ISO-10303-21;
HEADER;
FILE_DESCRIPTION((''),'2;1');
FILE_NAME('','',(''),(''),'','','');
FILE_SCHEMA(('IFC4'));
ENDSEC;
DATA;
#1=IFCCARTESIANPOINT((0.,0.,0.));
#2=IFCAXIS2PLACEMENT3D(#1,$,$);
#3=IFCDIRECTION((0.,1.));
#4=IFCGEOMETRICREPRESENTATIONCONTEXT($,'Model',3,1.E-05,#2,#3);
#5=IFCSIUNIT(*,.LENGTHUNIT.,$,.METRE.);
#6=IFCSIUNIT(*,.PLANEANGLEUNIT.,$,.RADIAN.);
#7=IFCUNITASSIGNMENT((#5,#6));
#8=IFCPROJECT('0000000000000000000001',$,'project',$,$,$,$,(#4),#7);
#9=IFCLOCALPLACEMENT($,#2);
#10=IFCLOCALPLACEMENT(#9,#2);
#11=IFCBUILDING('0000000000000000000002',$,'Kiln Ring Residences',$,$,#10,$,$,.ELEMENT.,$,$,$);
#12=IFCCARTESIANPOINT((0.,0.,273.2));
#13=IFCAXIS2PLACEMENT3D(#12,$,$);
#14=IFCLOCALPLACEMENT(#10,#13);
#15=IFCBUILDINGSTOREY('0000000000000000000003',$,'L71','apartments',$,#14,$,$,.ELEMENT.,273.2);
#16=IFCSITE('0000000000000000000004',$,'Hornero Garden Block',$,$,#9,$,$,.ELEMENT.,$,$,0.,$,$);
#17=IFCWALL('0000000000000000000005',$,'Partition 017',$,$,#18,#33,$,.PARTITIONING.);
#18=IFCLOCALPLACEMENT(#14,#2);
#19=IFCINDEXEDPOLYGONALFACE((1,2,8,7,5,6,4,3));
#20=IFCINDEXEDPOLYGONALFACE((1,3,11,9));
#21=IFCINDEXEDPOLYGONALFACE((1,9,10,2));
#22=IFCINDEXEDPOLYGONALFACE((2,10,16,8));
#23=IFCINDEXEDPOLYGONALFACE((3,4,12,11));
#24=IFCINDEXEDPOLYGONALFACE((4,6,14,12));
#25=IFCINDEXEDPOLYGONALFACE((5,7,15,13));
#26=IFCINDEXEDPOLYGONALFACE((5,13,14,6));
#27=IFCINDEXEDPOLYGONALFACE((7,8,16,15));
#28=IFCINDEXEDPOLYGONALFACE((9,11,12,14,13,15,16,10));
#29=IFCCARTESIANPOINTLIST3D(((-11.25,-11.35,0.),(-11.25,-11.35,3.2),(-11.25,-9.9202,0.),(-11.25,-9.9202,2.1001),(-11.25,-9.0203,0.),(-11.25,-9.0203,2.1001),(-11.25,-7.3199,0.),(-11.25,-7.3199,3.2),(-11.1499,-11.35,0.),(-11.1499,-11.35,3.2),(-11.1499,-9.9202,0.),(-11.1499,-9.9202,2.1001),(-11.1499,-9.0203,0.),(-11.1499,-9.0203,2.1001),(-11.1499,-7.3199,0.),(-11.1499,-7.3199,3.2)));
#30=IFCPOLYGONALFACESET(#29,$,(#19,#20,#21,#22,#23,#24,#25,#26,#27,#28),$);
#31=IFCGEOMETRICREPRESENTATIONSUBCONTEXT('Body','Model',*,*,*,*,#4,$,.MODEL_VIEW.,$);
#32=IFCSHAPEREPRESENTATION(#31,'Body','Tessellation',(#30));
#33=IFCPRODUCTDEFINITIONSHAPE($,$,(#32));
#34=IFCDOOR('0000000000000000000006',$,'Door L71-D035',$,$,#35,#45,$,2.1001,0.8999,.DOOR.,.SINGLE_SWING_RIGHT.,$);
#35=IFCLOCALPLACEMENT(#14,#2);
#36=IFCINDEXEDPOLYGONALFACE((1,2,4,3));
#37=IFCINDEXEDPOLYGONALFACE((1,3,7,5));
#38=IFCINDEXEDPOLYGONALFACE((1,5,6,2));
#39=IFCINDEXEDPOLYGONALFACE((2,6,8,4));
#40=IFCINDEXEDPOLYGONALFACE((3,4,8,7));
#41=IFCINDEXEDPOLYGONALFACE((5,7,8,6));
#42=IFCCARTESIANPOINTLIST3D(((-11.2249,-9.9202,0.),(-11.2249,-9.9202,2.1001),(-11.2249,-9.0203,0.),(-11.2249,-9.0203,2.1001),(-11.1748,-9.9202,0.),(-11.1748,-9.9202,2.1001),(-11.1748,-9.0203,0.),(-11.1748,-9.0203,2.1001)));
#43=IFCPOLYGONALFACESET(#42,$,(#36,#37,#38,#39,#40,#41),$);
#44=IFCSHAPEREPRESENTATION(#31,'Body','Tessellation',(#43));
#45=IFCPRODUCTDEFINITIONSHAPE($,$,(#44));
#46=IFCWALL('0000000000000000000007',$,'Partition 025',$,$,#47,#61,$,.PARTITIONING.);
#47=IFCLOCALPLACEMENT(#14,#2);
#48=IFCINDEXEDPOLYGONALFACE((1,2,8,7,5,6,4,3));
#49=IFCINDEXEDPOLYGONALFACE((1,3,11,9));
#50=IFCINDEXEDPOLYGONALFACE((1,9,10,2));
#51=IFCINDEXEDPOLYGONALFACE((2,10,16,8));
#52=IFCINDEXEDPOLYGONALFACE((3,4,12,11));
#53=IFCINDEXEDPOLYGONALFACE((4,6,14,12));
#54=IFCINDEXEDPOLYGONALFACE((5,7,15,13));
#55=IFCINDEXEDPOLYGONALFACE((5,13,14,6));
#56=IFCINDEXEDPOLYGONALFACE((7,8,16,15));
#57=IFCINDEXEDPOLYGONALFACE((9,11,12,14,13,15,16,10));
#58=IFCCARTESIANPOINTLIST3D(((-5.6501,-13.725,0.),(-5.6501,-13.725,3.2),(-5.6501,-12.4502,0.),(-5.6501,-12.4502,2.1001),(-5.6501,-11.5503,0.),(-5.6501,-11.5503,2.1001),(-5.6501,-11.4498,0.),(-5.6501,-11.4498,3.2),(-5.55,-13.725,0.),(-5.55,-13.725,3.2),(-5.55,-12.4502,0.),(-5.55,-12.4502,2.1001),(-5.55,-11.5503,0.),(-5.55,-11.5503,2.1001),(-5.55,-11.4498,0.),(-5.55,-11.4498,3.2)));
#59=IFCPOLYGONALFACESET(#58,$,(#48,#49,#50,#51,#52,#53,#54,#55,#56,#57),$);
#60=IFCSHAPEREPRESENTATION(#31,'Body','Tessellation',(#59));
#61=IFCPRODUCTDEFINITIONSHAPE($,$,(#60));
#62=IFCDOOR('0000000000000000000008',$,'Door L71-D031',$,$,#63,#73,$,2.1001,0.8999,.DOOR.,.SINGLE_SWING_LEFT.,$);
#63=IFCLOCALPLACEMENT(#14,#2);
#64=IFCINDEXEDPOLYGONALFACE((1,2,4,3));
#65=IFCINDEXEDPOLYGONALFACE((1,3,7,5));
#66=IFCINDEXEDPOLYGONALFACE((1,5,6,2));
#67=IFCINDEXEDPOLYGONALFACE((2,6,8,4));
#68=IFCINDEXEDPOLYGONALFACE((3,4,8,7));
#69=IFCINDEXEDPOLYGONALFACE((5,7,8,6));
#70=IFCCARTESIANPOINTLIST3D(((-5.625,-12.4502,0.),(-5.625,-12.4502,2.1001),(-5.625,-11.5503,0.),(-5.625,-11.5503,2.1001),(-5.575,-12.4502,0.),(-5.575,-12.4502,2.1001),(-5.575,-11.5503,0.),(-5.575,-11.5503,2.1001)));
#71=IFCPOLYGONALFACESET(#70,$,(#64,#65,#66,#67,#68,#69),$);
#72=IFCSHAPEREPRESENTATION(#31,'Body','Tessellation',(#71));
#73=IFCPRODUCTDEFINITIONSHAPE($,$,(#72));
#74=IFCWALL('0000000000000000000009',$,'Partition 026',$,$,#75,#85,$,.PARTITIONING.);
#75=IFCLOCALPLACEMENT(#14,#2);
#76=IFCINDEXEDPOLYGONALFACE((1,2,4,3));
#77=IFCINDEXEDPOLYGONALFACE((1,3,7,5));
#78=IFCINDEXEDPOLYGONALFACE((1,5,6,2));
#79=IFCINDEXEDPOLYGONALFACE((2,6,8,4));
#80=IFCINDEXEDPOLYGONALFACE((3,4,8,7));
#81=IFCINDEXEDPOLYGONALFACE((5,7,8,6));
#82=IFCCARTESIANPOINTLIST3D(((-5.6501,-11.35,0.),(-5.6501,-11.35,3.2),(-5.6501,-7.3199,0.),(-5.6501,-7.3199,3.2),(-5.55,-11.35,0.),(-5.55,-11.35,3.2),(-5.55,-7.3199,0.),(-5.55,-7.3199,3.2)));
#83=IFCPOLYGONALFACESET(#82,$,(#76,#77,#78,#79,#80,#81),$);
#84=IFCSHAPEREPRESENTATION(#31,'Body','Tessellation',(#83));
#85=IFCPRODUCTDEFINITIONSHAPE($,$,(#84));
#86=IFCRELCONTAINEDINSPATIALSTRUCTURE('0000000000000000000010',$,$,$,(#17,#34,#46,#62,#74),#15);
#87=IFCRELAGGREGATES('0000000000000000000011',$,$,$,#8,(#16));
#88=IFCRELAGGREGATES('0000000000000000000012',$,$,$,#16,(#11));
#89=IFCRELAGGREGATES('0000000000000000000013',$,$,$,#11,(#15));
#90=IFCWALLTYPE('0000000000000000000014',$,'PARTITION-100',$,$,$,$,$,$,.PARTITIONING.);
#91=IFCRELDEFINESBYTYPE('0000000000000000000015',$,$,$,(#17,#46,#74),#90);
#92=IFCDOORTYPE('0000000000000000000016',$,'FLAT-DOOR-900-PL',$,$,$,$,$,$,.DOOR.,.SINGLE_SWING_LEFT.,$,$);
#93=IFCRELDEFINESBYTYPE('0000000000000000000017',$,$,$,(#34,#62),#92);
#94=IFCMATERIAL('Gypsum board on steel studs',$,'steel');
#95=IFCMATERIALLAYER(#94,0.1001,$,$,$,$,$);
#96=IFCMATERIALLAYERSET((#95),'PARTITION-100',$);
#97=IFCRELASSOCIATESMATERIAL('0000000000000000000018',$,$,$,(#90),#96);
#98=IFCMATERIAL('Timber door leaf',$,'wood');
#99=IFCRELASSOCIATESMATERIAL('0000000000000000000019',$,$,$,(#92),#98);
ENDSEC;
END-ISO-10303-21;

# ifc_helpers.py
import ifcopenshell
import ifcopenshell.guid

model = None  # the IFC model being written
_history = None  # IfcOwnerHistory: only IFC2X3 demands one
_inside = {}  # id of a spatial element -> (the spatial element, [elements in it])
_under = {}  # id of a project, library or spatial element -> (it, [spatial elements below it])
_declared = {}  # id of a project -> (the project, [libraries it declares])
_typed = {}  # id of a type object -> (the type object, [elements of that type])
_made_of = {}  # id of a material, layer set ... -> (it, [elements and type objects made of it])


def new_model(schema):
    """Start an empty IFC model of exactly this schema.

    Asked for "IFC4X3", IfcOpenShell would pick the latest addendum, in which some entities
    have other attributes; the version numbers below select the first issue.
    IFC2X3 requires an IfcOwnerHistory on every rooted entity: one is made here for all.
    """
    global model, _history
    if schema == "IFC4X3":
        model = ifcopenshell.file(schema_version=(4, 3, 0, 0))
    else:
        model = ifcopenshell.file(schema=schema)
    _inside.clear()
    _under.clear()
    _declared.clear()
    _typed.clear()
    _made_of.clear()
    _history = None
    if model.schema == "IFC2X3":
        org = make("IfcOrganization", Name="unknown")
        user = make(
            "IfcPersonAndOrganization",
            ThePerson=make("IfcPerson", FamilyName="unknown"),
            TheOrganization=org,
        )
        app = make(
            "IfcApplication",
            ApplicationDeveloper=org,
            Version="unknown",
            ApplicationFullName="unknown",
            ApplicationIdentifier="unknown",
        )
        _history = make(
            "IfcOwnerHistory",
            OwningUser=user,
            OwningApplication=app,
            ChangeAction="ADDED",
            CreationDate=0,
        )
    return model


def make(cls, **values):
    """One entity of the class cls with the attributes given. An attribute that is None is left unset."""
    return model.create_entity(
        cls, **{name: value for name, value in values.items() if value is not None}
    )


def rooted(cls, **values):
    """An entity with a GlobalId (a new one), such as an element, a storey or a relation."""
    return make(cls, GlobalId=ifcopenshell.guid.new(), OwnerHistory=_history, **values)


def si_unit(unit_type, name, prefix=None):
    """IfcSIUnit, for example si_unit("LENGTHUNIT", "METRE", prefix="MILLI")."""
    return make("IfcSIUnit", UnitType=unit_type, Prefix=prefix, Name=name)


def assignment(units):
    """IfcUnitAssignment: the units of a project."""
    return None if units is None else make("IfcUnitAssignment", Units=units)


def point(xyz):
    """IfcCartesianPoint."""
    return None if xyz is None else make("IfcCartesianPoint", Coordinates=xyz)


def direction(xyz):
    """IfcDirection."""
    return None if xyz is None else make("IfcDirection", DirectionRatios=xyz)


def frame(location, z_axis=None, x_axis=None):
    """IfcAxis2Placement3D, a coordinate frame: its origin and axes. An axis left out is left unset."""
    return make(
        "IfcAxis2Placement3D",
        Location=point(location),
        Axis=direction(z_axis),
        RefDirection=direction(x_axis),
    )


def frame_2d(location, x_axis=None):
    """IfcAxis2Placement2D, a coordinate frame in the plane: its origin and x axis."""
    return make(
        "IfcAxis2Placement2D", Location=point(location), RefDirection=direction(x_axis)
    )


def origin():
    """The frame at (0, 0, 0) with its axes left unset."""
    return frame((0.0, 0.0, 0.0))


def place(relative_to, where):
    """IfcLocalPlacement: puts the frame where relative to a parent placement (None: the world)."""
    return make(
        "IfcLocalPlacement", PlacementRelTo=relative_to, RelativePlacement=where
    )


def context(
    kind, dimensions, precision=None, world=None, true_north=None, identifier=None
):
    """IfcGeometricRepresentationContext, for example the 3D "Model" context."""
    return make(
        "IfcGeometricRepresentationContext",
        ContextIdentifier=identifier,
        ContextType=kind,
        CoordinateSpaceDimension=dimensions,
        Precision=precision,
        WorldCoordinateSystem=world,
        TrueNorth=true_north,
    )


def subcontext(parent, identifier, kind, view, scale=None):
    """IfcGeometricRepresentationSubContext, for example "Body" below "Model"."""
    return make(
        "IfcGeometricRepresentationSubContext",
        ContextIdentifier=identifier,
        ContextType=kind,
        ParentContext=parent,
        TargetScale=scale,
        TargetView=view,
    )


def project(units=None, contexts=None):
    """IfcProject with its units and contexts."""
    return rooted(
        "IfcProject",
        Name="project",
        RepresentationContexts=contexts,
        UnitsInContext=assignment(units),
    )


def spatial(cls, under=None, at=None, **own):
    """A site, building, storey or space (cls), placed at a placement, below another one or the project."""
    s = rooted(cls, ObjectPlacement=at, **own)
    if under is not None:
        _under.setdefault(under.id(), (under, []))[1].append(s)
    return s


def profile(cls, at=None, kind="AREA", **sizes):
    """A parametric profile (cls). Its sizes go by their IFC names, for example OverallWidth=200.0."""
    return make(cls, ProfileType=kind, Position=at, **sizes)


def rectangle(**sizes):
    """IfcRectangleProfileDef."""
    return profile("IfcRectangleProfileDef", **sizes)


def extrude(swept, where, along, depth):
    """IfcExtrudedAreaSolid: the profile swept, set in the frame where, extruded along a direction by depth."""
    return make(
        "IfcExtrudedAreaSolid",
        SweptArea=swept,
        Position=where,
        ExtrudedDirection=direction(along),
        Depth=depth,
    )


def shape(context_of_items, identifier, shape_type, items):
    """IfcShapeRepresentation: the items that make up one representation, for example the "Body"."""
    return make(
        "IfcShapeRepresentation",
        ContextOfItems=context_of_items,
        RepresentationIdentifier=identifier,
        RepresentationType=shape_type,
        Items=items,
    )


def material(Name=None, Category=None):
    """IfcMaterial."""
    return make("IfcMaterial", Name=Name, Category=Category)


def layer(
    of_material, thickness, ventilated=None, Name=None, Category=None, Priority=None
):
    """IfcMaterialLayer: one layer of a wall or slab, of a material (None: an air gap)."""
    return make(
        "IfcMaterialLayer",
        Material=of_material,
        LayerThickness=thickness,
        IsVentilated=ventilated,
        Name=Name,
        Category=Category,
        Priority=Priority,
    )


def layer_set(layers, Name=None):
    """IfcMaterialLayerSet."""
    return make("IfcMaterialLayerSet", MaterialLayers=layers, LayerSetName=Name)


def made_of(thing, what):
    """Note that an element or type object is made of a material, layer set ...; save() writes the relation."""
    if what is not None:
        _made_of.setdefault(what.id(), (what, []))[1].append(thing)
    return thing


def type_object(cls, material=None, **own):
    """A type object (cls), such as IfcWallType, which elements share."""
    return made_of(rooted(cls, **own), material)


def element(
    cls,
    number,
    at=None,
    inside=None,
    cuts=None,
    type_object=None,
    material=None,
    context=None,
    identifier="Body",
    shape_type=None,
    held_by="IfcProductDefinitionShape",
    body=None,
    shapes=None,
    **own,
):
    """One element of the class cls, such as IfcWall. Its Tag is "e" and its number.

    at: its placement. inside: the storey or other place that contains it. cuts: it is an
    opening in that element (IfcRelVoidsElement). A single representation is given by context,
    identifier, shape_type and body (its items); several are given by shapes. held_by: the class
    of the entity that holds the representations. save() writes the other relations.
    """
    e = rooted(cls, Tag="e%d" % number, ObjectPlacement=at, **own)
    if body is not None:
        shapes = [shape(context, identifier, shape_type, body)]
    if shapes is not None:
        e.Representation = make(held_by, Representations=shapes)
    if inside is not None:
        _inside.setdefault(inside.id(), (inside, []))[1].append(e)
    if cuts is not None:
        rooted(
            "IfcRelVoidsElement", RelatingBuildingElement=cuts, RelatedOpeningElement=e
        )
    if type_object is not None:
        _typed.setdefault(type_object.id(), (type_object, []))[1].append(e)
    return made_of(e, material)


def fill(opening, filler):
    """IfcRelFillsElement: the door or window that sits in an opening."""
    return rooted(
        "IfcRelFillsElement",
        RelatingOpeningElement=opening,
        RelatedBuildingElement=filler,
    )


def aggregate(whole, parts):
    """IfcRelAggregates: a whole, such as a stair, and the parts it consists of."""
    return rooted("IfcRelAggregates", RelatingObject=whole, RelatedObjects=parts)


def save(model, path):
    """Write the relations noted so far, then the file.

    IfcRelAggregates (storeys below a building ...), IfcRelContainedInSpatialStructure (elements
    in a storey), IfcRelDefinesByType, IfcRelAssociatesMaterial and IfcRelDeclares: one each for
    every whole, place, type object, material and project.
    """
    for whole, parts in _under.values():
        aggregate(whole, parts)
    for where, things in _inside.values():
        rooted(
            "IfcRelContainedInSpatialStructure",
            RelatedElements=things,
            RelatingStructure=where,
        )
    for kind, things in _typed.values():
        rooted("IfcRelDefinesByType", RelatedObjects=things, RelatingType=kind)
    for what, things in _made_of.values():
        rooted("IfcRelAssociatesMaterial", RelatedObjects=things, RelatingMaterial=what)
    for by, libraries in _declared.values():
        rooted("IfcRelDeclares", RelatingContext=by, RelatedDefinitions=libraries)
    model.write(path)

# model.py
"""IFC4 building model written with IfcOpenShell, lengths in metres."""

from ifc_helpers import new_model, si_unit, direction, frame, frame_2d, origin, place, context, subcontext, project, spatial, rectangle, extrude, material, layer, layer_set, type_object, element, fill, save


model = new_model("IFC4")

# Units and contexts
model_context = context("Model", 3, precision=1e-05, world=origin(), true_north=direction((0.0, 1.0)))
body_context = subcontext(model_context, "Body", "Model", "MODEL_VIEW")
ifc_project = project(units=[si_unit("LENGTHUNIT", "METRE"), si_unit("PLANEANGLEUNIT", "RADIAN")], contexts=[model_context])

# Site, building, storey
site_placement = place(None, origin())
site = spatial("IfcSite", under=ifc_project, at=site_placement, Name="Hornero Garden Block", CompositionType="ELEMENT", RefElevation=0.0)
building_placement = place(site_placement, origin())
building = spatial("IfcBuilding", under=site, at=building_placement, Name="Kiln Ring Residences", CompositionType="ELEMENT")
storey_placement = place(building_placement, frame((0.0, 0.0, 273.2)))
storey = spatial("IfcBuildingStorey", under=building, at=storey_placement, Name="L71", Description="apartments", CompositionType="ELEMENT", Elevation=273.2)

# Walls, openings, doors
ifc_material_1 = material(Name="Gypsum board on steel studs", Category="steel")
ifc_layer_1 = layer(ifc_material_1, 0.1001)
ifc_layer_set_1 = layer_set([ifc_layer_1], Name="PARTITION-100")
wall_type = type_object("IfcWallType", Name="PARTITION-100", PredefinedType="PARTITIONING", material=ifc_layer_set_1)
wall_1_placement = place(storey_placement, frame((-11.2, -11.3501, 0.0), z_axis=(0.0, 0.0, 1.0), x_axis=(0.0, 1.0, 0.0)))
wall_1 = element("IfcWall", 1, at=wall_1_placement, inside=storey, type_object=wall_type, Name="Partition 017", PredefinedType="PARTITIONING", context=body_context, shape_type="SweptSolid", body=[
    extrude(rectangle(XDim=4.03, YDim=0.1001, at=frame_2d((2.0151, 0.0))), origin(), (0.0, 0.0, 1.0), 3.2),
])
opening_1_placement = place(wall_1_placement, frame((1.4299, 0.0, 0.0)))
opening_1 = element("IfcOpeningElement", 2, at=opening_1_placement, cuts=wall_1, PredefinedType="OPENING", context=body_context, shape_type="SweptSolid", body=[
    extrude(rectangle(XDim=0.8999, YDim=2.1001, at=frame_2d((0.45, 1.05))), frame((0.0, 0.0601, 0.0), z_axis=(0.0, -1.0, 0.0), x_axis=(1.0, 0.0, 0.0)), (0.0, 0.0, 1.0), 0.1201),
])
ifc_material_2 = material(Name="Timber door leaf", Category="wood")
door_type = type_object("IfcDoorType", Name="FLAT-DOOR-900-PL", OperationType="SINGLE_SWING_LEFT", PredefinedType="DOOR", material=ifc_material_2)
door_1_placement = place(opening_1_placement, origin())
door_1 = element("IfcDoor", 3, at=door_1_placement, inside=storey, type_object=door_type, Name="Door L71-D035", OperationType="SINGLE_SWING_RIGHT", OverallHeight=2.1001, OverallWidth=0.8999, PredefinedType="DOOR", context=body_context, shape_type="SweptSolid", body=[
    extrude(rectangle(XDim=0.8999, YDim=2.1001, at=frame_2d((0.45, 1.05))), frame((0.0, 0.0249, 0.0), z_axis=(0.0, -1.0, 0.0), x_axis=(1.0, 0.0, 0.0)), (0.0, 0.0, 1.0), 0.05),
])
fill(opening_1, door_1)
wall_2_placement = place(storey_placement, frame((-5.6001, -13.7251, 0.0), z_axis=(0.0, 0.0, 1.0), x_axis=(0.0, 1.0, 0.0)))
wall_2 = element("IfcWall", 4, at=wall_2_placement, inside=storey, type_object=wall_type, Name="Partition 025", PredefinedType="PARTITIONING", context=body_context, shape_type="SweptSolid", body=[
    extrude(rectangle(XDim=2.2751, YDim=0.1001, at=frame_2d((1.1377, 0.0))), origin(), (0.0, 0.0, 1.0), 3.2),
])
opening_2_placement = place(wall_2_placement, frame((1.2749, 0.0, 0.0)))
opening_2 = element("IfcOpeningElement", 5, at=opening_2_placement, cuts=wall_2, PredefinedType="OPENING", context=body_context, shape_type="SweptSolid", body=[
    extrude(rectangle(XDim=0.8999, YDim=2.1001, at=frame_2d((0.45, 1.05))), frame((0.0, 0.0601, 0.0), z_axis=(0.0, -1.0, 0.0), x_axis=(1.0, 0.0, 0.0)), (0.0, 0.0, 1.0), 0.1201),
])
door_2_placement = place(opening_2_placement, origin())
door_2 = element("IfcDoor", 6, at=door_2_placement, inside=storey, type_object=door_type, Name="Door L71-D031", OperationType="SINGLE_SWING_LEFT", OverallHeight=2.1001, OverallWidth=0.8999, PredefinedType="DOOR", context=body_context, shape_type="SweptSolid", body=[
    extrude(rectangle(XDim=0.8999, YDim=2.1001, at=frame_2d((0.45, 1.05))), frame((0.0, 0.0249, 0.0), z_axis=(0.0, -1.0, 0.0), x_axis=(1.0, 0.0, 0.0)), (0.0, 0.0, 1.0), 0.05),
])
fill(opening_2, door_2)

# Wall
wall_3_placement = place(storey_placement, frame((-5.6001, -11.3501, 0.0), z_axis=(0.0, 0.0, 1.0), x_axis=(0.0, 1.0, 0.0)))
element("IfcWall", 7, at=wall_3_placement, inside=storey, type_object=wall_type, Name="Partition 026", PredefinedType="PARTITIONING", context=body_context, shape_type="SweptSolid", body=[
    extrude(rectangle(XDim=4.03, YDim=0.1001, at=frame_2d((2.0151, 0.0))), origin(), (0.0, 0.0, 1.0), 3.2),
])

save(model, "model.ifc")
